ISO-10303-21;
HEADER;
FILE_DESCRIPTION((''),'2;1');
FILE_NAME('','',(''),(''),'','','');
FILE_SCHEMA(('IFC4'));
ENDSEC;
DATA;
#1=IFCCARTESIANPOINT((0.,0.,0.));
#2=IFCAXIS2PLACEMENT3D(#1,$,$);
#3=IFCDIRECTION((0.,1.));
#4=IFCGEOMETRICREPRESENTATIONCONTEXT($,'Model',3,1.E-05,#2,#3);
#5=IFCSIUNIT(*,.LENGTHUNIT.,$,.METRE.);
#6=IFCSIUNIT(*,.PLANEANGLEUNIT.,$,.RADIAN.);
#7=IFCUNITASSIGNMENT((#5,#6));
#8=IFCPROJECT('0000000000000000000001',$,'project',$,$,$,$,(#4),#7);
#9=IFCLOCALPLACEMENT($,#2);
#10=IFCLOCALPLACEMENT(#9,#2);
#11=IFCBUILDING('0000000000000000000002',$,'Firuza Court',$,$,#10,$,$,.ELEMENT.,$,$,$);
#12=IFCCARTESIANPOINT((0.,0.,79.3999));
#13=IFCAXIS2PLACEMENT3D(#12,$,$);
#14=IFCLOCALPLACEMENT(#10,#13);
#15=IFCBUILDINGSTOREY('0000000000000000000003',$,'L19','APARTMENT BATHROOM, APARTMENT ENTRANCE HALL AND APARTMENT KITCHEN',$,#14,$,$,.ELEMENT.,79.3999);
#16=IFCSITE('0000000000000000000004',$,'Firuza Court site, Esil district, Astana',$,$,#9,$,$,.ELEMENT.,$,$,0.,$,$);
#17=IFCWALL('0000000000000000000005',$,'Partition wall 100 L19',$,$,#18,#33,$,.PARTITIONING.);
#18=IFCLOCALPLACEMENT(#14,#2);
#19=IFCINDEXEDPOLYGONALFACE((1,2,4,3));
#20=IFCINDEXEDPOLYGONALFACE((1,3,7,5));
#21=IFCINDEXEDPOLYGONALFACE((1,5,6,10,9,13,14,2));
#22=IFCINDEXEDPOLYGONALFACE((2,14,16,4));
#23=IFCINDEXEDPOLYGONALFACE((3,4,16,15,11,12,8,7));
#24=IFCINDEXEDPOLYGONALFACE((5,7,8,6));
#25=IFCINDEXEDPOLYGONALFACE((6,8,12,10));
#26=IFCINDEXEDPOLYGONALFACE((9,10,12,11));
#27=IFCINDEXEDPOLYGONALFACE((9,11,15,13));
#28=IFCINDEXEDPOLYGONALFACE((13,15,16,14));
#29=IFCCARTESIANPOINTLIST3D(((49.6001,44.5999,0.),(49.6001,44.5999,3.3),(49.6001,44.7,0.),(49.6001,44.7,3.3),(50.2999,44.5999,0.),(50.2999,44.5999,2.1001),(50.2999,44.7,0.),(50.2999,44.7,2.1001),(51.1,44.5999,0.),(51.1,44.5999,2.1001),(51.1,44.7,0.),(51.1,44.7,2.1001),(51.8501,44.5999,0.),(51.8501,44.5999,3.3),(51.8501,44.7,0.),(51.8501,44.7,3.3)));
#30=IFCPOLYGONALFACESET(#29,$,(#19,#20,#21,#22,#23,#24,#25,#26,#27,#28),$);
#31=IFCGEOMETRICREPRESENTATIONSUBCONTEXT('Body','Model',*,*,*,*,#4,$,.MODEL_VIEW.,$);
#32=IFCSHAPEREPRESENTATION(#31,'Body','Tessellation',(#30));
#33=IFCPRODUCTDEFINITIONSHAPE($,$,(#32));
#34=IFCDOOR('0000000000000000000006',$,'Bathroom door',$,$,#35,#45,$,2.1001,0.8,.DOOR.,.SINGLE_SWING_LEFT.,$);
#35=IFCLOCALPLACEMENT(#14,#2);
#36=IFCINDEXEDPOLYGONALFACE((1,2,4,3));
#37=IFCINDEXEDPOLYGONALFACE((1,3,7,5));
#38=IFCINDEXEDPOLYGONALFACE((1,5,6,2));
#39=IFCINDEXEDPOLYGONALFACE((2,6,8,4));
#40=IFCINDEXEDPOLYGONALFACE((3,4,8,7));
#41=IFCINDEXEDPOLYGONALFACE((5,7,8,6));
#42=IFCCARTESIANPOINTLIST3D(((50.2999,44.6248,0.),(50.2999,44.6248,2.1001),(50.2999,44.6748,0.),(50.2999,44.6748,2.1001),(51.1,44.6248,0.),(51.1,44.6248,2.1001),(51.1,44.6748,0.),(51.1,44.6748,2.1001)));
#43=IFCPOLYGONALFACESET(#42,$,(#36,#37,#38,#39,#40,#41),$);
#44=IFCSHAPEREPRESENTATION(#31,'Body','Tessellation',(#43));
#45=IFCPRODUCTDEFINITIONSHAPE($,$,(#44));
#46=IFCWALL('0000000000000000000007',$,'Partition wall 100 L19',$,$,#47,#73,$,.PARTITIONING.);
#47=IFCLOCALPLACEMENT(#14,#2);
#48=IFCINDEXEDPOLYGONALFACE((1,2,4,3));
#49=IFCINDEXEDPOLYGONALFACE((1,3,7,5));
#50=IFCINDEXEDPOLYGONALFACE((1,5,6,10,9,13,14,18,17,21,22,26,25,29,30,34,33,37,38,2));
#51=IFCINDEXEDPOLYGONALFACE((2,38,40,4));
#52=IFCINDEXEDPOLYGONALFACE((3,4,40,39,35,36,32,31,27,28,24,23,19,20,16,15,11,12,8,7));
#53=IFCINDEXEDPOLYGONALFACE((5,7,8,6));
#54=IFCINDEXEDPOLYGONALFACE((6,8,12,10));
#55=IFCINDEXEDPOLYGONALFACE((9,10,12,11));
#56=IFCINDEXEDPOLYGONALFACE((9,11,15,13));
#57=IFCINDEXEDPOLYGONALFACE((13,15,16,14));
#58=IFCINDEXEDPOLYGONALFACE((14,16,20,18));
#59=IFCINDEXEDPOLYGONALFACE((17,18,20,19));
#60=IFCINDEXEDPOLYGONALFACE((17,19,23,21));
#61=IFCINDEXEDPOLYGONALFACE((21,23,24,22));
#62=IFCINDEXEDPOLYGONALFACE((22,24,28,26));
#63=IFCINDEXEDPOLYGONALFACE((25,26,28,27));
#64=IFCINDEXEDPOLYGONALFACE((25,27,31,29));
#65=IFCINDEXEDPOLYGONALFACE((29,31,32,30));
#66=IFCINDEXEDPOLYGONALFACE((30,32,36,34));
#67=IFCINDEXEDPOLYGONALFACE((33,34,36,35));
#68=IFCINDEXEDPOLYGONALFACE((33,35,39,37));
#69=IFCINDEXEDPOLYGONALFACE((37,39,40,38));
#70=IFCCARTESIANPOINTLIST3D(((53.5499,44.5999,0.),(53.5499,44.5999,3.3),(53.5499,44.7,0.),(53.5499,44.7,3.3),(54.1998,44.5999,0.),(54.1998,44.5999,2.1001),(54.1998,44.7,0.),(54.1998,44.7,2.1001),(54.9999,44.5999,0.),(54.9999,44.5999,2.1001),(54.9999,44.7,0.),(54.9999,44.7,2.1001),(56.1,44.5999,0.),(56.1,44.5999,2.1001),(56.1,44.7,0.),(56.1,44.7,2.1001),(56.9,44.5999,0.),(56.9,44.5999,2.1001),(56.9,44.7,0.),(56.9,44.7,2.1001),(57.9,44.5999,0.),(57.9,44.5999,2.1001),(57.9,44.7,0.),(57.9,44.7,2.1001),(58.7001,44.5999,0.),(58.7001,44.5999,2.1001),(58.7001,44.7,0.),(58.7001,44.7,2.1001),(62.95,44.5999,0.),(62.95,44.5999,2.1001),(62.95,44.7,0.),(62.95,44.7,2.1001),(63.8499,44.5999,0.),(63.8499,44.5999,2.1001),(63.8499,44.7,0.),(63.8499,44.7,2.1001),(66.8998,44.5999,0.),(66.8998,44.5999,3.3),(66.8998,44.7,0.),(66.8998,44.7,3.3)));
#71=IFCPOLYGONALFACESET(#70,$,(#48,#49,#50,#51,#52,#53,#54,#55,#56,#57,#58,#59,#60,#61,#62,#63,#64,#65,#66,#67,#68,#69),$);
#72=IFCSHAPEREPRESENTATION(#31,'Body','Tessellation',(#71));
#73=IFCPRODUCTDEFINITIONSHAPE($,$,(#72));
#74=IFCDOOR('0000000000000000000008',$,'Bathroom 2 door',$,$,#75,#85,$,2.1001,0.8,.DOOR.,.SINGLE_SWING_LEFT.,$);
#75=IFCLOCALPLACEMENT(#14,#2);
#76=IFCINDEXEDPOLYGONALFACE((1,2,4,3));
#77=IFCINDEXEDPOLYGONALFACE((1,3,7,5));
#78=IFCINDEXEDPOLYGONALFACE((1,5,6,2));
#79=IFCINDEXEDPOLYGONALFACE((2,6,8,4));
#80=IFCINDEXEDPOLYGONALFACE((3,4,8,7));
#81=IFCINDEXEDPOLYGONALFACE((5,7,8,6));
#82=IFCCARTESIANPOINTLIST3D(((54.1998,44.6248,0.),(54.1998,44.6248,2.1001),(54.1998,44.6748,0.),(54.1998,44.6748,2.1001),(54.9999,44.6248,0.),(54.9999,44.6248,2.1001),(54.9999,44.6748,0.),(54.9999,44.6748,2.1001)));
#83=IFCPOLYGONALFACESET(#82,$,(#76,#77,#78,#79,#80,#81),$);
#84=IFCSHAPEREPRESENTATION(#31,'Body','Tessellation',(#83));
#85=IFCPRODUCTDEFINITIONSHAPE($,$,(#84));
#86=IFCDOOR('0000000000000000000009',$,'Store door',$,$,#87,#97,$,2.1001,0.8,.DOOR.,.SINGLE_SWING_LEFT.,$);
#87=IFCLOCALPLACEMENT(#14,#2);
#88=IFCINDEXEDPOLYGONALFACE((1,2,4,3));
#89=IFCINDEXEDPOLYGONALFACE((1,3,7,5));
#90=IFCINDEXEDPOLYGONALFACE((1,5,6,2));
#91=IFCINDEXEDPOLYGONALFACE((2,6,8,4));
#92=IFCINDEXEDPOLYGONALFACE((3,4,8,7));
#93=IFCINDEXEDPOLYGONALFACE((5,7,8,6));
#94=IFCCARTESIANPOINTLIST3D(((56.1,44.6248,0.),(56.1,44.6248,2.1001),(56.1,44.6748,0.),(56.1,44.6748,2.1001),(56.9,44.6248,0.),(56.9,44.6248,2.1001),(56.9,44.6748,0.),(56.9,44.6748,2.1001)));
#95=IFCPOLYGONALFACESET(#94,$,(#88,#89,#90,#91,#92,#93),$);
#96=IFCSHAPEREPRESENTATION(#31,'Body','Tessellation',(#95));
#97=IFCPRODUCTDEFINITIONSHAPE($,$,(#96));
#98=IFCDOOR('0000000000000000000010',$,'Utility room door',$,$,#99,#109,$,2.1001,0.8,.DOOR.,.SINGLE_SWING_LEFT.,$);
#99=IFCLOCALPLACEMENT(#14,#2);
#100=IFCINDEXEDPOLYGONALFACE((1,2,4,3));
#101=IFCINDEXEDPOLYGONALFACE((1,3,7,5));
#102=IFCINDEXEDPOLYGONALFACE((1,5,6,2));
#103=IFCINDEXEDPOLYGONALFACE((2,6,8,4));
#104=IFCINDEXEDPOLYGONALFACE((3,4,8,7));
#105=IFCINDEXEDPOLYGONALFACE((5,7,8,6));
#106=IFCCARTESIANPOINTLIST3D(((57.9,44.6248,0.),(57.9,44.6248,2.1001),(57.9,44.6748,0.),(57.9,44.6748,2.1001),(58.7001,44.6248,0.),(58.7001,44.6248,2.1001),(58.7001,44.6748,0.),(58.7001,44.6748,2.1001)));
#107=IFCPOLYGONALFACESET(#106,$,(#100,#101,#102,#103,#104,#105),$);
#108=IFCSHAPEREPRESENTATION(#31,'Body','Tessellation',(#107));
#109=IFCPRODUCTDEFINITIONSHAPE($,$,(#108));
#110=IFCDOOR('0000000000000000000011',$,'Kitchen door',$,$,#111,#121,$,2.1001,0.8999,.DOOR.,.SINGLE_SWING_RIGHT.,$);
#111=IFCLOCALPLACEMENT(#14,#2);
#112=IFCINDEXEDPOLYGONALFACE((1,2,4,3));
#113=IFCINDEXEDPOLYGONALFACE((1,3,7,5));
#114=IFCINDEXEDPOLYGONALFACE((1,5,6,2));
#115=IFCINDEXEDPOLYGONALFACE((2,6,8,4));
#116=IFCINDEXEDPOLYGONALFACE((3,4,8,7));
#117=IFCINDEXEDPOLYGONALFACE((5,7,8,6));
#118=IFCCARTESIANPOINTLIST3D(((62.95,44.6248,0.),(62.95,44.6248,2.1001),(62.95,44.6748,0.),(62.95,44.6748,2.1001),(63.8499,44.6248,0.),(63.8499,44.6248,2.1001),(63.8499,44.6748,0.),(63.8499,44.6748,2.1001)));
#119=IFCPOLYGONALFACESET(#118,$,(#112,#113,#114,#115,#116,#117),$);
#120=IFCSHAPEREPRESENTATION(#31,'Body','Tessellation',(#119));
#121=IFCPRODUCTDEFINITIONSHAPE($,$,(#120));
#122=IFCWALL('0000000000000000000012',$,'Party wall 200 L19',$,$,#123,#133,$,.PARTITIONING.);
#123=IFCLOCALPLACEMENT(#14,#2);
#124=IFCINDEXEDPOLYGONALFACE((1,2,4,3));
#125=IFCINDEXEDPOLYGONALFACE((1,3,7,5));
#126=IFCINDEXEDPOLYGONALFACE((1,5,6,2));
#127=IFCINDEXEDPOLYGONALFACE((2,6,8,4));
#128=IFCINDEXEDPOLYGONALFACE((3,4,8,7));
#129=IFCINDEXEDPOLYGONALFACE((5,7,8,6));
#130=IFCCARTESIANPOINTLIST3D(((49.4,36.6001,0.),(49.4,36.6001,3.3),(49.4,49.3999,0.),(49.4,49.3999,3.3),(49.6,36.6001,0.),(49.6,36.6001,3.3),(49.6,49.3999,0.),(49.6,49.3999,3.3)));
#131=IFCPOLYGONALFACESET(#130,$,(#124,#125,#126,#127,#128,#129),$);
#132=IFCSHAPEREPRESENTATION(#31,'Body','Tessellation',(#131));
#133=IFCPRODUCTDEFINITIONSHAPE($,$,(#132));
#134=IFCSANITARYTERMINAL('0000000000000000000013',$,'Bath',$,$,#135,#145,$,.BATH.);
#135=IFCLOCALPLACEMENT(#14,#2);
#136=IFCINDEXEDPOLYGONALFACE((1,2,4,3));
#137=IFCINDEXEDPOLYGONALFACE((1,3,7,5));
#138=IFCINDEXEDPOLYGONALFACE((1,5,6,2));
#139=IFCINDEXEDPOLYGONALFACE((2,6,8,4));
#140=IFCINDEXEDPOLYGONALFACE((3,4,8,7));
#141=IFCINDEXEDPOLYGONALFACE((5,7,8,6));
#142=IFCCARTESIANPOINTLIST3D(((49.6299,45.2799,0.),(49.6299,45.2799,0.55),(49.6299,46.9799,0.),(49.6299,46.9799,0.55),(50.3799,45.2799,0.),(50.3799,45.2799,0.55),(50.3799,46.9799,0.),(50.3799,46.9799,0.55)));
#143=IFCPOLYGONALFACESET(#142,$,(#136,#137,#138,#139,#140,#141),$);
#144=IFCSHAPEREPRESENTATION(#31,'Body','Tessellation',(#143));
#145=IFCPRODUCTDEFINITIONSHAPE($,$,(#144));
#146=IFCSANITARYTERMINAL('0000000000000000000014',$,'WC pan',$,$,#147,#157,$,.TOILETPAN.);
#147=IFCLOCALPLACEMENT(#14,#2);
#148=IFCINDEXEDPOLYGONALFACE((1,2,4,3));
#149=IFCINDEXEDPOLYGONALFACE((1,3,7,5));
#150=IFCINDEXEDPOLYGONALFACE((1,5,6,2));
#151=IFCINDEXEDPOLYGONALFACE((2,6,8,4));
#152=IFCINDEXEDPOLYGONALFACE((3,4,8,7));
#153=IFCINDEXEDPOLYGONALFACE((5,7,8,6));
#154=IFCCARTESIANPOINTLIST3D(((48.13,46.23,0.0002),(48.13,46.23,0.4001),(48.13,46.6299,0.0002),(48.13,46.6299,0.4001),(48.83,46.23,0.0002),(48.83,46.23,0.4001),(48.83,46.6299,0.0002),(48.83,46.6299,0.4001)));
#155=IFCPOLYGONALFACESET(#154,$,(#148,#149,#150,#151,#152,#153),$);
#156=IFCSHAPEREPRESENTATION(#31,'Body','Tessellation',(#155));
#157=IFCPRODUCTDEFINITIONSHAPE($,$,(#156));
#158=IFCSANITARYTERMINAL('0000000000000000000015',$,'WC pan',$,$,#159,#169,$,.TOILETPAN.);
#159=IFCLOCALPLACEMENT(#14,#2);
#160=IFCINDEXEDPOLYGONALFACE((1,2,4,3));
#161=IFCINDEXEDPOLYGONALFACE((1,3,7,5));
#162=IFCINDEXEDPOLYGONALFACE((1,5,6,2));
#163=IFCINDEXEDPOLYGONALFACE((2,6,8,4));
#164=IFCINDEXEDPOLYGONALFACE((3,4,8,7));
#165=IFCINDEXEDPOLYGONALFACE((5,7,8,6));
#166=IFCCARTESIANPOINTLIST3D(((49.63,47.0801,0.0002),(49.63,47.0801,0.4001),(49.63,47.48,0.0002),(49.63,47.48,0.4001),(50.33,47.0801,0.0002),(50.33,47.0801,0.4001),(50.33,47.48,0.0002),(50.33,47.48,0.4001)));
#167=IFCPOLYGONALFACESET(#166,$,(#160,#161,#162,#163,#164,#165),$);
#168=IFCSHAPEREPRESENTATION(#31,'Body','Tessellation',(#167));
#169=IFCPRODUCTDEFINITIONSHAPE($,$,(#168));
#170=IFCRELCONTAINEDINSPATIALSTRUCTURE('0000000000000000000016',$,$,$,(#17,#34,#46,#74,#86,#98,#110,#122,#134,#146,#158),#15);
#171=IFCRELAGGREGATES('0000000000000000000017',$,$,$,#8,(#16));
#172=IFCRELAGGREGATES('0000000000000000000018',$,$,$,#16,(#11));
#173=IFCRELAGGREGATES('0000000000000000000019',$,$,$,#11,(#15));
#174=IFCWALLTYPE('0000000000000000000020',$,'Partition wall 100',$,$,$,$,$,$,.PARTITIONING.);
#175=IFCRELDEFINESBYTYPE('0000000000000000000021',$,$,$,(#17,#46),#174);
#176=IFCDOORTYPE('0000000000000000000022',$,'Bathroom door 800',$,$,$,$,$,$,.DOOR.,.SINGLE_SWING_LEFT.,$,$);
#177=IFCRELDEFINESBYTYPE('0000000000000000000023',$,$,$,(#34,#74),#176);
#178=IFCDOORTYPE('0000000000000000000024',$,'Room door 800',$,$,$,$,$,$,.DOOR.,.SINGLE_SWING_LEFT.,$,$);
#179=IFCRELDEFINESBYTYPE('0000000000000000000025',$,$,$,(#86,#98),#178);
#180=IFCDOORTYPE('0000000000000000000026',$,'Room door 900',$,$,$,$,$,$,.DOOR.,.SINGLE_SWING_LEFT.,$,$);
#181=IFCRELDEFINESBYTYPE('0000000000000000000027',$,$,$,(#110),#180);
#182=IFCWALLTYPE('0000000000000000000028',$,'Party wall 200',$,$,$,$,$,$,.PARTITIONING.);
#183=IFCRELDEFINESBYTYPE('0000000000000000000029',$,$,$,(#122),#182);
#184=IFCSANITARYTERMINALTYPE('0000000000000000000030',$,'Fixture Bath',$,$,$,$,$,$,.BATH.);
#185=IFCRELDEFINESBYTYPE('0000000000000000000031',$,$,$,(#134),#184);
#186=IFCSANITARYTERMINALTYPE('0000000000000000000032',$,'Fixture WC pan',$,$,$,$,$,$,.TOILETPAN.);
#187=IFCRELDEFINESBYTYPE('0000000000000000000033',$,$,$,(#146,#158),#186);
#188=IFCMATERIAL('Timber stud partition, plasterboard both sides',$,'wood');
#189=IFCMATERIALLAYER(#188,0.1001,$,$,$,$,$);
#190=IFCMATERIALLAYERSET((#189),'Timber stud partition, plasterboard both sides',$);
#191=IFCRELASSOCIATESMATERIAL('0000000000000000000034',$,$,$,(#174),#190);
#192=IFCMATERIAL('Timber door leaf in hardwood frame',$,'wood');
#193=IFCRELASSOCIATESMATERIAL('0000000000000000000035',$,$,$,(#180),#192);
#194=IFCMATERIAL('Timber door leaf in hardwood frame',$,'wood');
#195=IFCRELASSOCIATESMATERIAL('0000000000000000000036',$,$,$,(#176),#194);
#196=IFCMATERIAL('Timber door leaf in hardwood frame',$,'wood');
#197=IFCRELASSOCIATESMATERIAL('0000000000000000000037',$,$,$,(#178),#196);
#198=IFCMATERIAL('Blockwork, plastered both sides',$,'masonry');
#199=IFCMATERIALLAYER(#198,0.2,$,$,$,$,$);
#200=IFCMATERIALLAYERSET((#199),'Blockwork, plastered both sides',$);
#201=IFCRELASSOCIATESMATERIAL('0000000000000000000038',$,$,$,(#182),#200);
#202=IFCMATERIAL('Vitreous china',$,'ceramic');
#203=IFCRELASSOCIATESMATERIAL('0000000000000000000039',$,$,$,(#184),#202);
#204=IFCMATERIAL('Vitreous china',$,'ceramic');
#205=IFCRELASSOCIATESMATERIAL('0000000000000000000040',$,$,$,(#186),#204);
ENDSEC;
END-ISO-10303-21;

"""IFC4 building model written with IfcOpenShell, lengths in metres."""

from ifc_helpers import new_model, si_unit, direction, frame, frame_2d, origin, origin_2d, place, context, subcontext, project, spatial, rectangle, extrude, material, layer, layer_set, type_object, element, fill, save


model = new_model("IFC4")

# Units and contexts
model_context = context("Model", 3, precision=1e-05, world=origin(), true_north=direction((0.0, 1.0)))
body_context = subcontext(model_context, "Body", "Model", "MODEL_VIEW")
ifc_project = project(units=[si_unit("LENGTHUNIT", "METRE"), si_unit("PLANEANGLEUNIT", "RADIAN")], contexts=[model_context])

# Site, building, storey
site_placement = place(None, origin())
site = spatial("IfcSite", under=ifc_project, at=site_placement, Name="Firuza Court site, Esil district, Astana", CompositionType="ELEMENT", RefElevation=0.0)
building_placement = place(site_placement, origin())
building = spatial("IfcBuilding", under=site, at=building_placement, Name="Firuza Court", CompositionType="ELEMENT")
storey_placement = place(building_placement, frame((0.0, 0.0, 79.3999)))
storey = spatial("IfcBuildingStorey", under=building, at=storey_placement, Name="L19", Description="APARTMENT BATHROOM, APARTMENT ENTRANCE HALL AND APARTMENT KITCHEN", CompositionType="ELEMENT", Elevation=79.3999)

# Shared definitions
ifc_material_1 = material(Name="Timber stud partition, plasterboard both sides", Category="wood")
ifc_layer_1 = layer(ifc_material_1, 0.1001)
ifc_layer_set_1 = layer_set([ifc_layer_1], Name="Timber stud partition, plasterboard both sides")
wall_type_1 = type_object("IfcWallType", Name="Partition wall 100", PredefinedType="PARTITIONING", material=ifc_layer_set_1)
ifc_material_2 = material(Name="Timber door leaf in hardwood frame", Category="wood")
door_type_1 = type_object("IfcDoorType", Name="Room door 900", OperationType="SINGLE_SWING_LEFT", PredefinedType="DOOR", material=ifc_material_2)

# Wall, opening, door
wall_1_placement = place(storey_placement, frame((49.6001, 44.6499, 0.0), z_axis=(0.0, 0.0, 1.0), x_axis=(1.0, 0.0, 0.0)))
wall_1 = element("IfcWall", 1, at=wall_1_placement, inside=storey, type_object=wall_type_1, Name="Partition wall 100 L19", PredefinedType="PARTITIONING", context=body_context, shape_type="SweptSolid", body=[
    extrude(rectangle(XDim=2.25, YDim=0.1001, at=frame_2d((1.125, 0.0))), origin(), (0.0, 0.0, 1.0), 3.3),
])
opening_1_placement = place(wall_1_placement, frame((0.7, 0.0, 0.0)))
opening_1 = element("IfcOpeningElement", 2, at=opening_1_placement, cuts=wall_1, PredefinedType="OPENING", context=body_context, shape_type="SweptSolid", body=[
    extrude(rectangle(XDim=0.8, YDim=2.1001, at=frame_2d((0.3999, 1.05))), frame((0.0, 0.062, 0.0), z_axis=(0.0, -1.0, 0.0), x_axis=(1.0, 0.0, 0.0)), (0.0, 0.0, 1.0), 0.124),
])
ifc_material_3 = material(Name="Timber door leaf in hardwood frame", Category="wood")
door_type_2 = type_object("IfcDoorType", Name="Bathroom door 800", OperationType="SINGLE_SWING_LEFT", PredefinedType="DOOR", material=ifc_material_3)
door_1_placement = place(opening_1_placement, origin())
door_1 = element("IfcDoor", 3, at=door_1_placement, inside=storey, type_object=door_type_2, Name="Bathroom door", OperationType="SINGLE_SWING_LEFT", OverallHeight=2.1001, OverallWidth=0.8, PredefinedType="DOOR", context=body_context, shape_type="SweptSolid", body=[
    extrude(rectangle(XDim=0.8, YDim=2.1001, at=frame_2d((0.3999, 1.05))), frame((0.0, 0.0249, 0.0), z_axis=(0.0, -1.0, 0.0), x_axis=(1.0, 0.0, 0.0)), (0.0, 0.0, 1.0), 0.05),
])
fill(opening_1, door_1)

# Wall, openings, doors
wall_2_placement = place(storey_placement, frame((53.55, 44.6499, 0.0), z_axis=(0.0, 0.0, 1.0), x_axis=(1.0, 0.0, 0.0)))
wall_2 = element("IfcWall", 4, at=wall_2_placement, inside=storey, type_object=wall_type_1, Name="Partition wall 100 L19", PredefinedType="PARTITIONING", context=body_context, shape_type="SweptSolid", body=[
    extrude(rectangle(XDim=13.3499, YDim=0.1001, at=frame_2d((6.6748, 0.0))), origin(), (0.0, 0.0, 1.0), 3.3),
])
opening_2_placement = place(wall_2_placement, frame((0.6499, 0.0, 0.0)))
opening_2 = element("IfcOpeningElement", 5, at=opening_2_placement, cuts=wall_2, PredefinedType="OPENING", context=body_context, shape_type="SweptSolid", body=[
    extrude(rectangle(XDim=0.8, YDim=2.1001, at=frame_2d((0.3999, 1.05))), frame((0.0, 0.062, 0.0), z_axis=(0.0, -1.0, 0.0), x_axis=(1.0, 0.0, 0.0)), (0.0, 0.0, 1.0), 0.124),
])
opening_3_placement = place(wall_2_placement, frame((9.3999, 0.0, 0.0)))
opening_3 = element("IfcOpeningElement", 6, at=opening_3_placement, cuts=wall_2, PredefinedType="OPENING", context=body_context, shape_type="SweptSolid", body=[
    extrude(rectangle(XDim=0.8999, YDim=2.1001, at=frame_2d((0.45, 1.05))), frame((0.0, 0.062, 0.0), z_axis=(0.0, -1.0, 0.0), x_axis=(1.0, 0.0, 0.0)), (0.0, 0.0, 1.0), 0.124),
])
opening_4_placement = place(wall_2_placement, frame((2.55, 0.0, 0.0)))
opening_4 = element("IfcOpeningElement", 7, at=opening_4_placement, cuts=wall_2, PredefinedType="OPENING", context=body_context, shape_type="SweptSolid", body=[
    extrude(rectangle(XDim=0.8, YDim=2.1001, at=frame_2d((0.3999, 1.05))), frame((0.0, 0.062, 0.0), z_axis=(0.0, -1.0, 0.0), x_axis=(1.0, 0.0, 0.0)), (0.0, 0.0, 1.0), 0.124),
])
opening_5_placement = place(wall_2_placement, frame((4.3501, 0.0, 0.0)))
opening_5 = element("IfcOpeningElement", 8, at=opening_5_placement, cuts=wall_2, PredefinedType="OPENING", context=body_context, shape_type="SweptSolid", body=[
    extrude(rectangle(XDim=0.8, YDim=2.1001, at=frame_2d((0.3999, 1.05))), frame((0.0, 0.062, 0.0), z_axis=(0.0, -1.0, 0.0), x_axis=(1.0, 0.0, 0.0)), (0.0, 0.0, 1.0), 0.124),
])
door_2_placement = place(opening_2_placement, origin())
door_2 = element("IfcDoor", 9, at=door_2_placement, inside=storey, type_object=door_type_2, Name="Bathroom 2 door", OperationType="SINGLE_SWING_LEFT", OverallHeight=2.1001, OverallWidth=0.8, PredefinedType="DOOR", context=body_context, shape_type="SweptSolid", body=[
    extrude(rectangle(XDim=0.8, YDim=2.1001, at=frame_2d((0.3999, 1.05))), frame((0.0, 0.0249, 0.0), z_axis=(0.0, -1.0, 0.0), x_axis=(1.0, 0.0, 0.0)), (0.0, 0.0, 1.0), 0.05),
])
fill(opening_2, door_2)
ifc_material_4 = material(Name="Timber door leaf in hardwood frame", Category="wood")
door_type_3 = type_object("IfcDoorType", Name="Room door 800", OperationType="SINGLE_SWING_LEFT", PredefinedType="DOOR", material=ifc_material_4)
door_3_placement = place(opening_4_placement, origin())
door_3 = element("IfcDoor", 10, at=door_3_placement, inside=storey, type_object=door_type_3, Name="Store door", OperationType="SINGLE_SWING_LEFT", OverallHeight=2.1001, OverallWidth=0.8, PredefinedType="DOOR", context=body_context, shape_type="SweptSolid", body=[
    extrude(rectangle(XDim=0.8, YDim=2.1001, at=frame_2d((0.3999, 1.05))), frame((0.0, 0.0249, 0.0), z_axis=(0.0, -1.0, 0.0), x_axis=(1.0, 0.0, 0.0)), (0.0, 0.0, 1.0), 0.05),
])
fill(opening_4, door_3)
door_4_placement = place(opening_5_placement, origin())
door_4 = element("IfcDoor", 11, at=door_4_placement, inside=storey, type_object=door_type_3, Name="Utility room door", OperationType="SINGLE_SWING_LEFT", OverallHeight=2.1001, OverallWidth=0.8, PredefinedType="DOOR", context=body_context, shape_type="SweptSolid", body=[
    extrude(rectangle(XDim=0.8, YDim=2.1001, at=frame_2d((0.3999, 1.05))), frame((0.0, 0.0249, 0.0), z_axis=(0.0, -1.0, 0.0), x_axis=(1.0, 0.0, 0.0)), (0.0, 0.0, 1.0), 0.05),
])
fill(opening_5, door_4)
door_5_placement = place(opening_3_placement, origin())
door_5 = element("IfcDoor", 12, at=door_5_placement, inside=storey, type_object=door_type_1, Name="Kitchen door", OperationType="SINGLE_SWING_RIGHT", OverallHeight=2.1001, OverallWidth=0.8999, PredefinedType="DOOR", context=body_context, shape_type="SweptSolid", body=[
    extrude(rectangle(XDim=0.8999, YDim=2.1001, at=frame_2d((0.45, 1.05))), frame((0.0, 0.0249, 0.0), z_axis=(0.0, -1.0, 0.0), x_axis=(1.0, 0.0, 0.0)), (0.0, 0.0, 1.0), 0.05),
])
fill(opening_3, door_5)

# Wall
ifc_material_5 = material(Name="Blockwork, plastered both sides", Category="masonry")
ifc_layer_2 = layer(ifc_material_5, 0.2)
ifc_layer_set_2 = layer_set([ifc_layer_2], Name="Blockwork, plastered both sides")
wall_type_2 = type_object("IfcWallType", Name="Party wall 200", PredefinedType="PARTITIONING", material=ifc_layer_set_2)
wall_3_placement = place(storey_placement, frame((49.5, 36.6001, 0.0), z_axis=(0.0, 0.0, 1.0), x_axis=(0.0, 1.0, 0.0)))
element("IfcWall", 13, at=wall_3_placement, inside=storey, type_object=wall_type_2, Name="Party wall 200 L19", PredefinedType="PARTITIONING", context=body_context, shape_type="SweptSolid", body=[
    extrude(rectangle(XDim=12.7998, YDim=0.2, at=frame_2d((6.3999, 0.0))), origin(), (0.0, 0.0, 1.0), 3.3),
])

# Sanitary terminals
ifc_material_6 = material(Name="Vitreous china", Category="ceramic")
sanitary_terminal_type_1 = type_object("IfcSanitaryTerminalType", Name="Fixture Bath", PredefinedType="BATH", material=ifc_material_6)
sanitary_terminal_placement = place(storey_placement, frame((50.0049, 46.1299, 0.0), z_axis=(0.0, 0.0, 1.0), x_axis=(1.0, 0.0, 0.0)))
element("IfcSanitaryTerminal", 14, at=sanitary_terminal_placement, inside=storey, type_object=sanitary_terminal_type_1, Name="Bath", PredefinedType="BATH", context=body_context, shape_type="SweptSolid", body=[
    extrude(rectangle(XDim=0.75, YDim=1.7, at=origin_2d()), origin(), (0.0, 0.0, 1.0), 0.55),
])
ifc_material_7 = material(Name="Vitreous china", Category="ceramic")
sanitary_terminal_type_2 = type_object("IfcSanitaryTerminalType", Name="Fixture WC pan", PredefinedType="TOILETPAN", material=ifc_material_7)
for number, where, z_axis, x_axis, name in (
    (15, (48.48, 46.4299, 0.0002), (0.0, 0.0, 1.0), (1.0, 0.0, 0.0), "WC pan"),
    (16, (49.98, 47.28, 0.0002), (0.0, 0.0, 1.0), (1.0, 0.0, 0.0), "WC pan"),
):
    element("IfcSanitaryTerminal", number, at=place(storey_placement, frame(where, z_axis=z_axis, x_axis=x_axis)), inside=storey, type_object=sanitary_terminal_type_2, Name=name, PredefinedType="TOILETPAN", context=body_context, shape_type="SweptSolid", body=[
        extrude(rectangle(XDim=0.7, YDim=0.3999, at=origin_2d()), origin(), (0.0, 0.0, 1.0), 0.3999),
    ])

save(model, "model.ifc")
